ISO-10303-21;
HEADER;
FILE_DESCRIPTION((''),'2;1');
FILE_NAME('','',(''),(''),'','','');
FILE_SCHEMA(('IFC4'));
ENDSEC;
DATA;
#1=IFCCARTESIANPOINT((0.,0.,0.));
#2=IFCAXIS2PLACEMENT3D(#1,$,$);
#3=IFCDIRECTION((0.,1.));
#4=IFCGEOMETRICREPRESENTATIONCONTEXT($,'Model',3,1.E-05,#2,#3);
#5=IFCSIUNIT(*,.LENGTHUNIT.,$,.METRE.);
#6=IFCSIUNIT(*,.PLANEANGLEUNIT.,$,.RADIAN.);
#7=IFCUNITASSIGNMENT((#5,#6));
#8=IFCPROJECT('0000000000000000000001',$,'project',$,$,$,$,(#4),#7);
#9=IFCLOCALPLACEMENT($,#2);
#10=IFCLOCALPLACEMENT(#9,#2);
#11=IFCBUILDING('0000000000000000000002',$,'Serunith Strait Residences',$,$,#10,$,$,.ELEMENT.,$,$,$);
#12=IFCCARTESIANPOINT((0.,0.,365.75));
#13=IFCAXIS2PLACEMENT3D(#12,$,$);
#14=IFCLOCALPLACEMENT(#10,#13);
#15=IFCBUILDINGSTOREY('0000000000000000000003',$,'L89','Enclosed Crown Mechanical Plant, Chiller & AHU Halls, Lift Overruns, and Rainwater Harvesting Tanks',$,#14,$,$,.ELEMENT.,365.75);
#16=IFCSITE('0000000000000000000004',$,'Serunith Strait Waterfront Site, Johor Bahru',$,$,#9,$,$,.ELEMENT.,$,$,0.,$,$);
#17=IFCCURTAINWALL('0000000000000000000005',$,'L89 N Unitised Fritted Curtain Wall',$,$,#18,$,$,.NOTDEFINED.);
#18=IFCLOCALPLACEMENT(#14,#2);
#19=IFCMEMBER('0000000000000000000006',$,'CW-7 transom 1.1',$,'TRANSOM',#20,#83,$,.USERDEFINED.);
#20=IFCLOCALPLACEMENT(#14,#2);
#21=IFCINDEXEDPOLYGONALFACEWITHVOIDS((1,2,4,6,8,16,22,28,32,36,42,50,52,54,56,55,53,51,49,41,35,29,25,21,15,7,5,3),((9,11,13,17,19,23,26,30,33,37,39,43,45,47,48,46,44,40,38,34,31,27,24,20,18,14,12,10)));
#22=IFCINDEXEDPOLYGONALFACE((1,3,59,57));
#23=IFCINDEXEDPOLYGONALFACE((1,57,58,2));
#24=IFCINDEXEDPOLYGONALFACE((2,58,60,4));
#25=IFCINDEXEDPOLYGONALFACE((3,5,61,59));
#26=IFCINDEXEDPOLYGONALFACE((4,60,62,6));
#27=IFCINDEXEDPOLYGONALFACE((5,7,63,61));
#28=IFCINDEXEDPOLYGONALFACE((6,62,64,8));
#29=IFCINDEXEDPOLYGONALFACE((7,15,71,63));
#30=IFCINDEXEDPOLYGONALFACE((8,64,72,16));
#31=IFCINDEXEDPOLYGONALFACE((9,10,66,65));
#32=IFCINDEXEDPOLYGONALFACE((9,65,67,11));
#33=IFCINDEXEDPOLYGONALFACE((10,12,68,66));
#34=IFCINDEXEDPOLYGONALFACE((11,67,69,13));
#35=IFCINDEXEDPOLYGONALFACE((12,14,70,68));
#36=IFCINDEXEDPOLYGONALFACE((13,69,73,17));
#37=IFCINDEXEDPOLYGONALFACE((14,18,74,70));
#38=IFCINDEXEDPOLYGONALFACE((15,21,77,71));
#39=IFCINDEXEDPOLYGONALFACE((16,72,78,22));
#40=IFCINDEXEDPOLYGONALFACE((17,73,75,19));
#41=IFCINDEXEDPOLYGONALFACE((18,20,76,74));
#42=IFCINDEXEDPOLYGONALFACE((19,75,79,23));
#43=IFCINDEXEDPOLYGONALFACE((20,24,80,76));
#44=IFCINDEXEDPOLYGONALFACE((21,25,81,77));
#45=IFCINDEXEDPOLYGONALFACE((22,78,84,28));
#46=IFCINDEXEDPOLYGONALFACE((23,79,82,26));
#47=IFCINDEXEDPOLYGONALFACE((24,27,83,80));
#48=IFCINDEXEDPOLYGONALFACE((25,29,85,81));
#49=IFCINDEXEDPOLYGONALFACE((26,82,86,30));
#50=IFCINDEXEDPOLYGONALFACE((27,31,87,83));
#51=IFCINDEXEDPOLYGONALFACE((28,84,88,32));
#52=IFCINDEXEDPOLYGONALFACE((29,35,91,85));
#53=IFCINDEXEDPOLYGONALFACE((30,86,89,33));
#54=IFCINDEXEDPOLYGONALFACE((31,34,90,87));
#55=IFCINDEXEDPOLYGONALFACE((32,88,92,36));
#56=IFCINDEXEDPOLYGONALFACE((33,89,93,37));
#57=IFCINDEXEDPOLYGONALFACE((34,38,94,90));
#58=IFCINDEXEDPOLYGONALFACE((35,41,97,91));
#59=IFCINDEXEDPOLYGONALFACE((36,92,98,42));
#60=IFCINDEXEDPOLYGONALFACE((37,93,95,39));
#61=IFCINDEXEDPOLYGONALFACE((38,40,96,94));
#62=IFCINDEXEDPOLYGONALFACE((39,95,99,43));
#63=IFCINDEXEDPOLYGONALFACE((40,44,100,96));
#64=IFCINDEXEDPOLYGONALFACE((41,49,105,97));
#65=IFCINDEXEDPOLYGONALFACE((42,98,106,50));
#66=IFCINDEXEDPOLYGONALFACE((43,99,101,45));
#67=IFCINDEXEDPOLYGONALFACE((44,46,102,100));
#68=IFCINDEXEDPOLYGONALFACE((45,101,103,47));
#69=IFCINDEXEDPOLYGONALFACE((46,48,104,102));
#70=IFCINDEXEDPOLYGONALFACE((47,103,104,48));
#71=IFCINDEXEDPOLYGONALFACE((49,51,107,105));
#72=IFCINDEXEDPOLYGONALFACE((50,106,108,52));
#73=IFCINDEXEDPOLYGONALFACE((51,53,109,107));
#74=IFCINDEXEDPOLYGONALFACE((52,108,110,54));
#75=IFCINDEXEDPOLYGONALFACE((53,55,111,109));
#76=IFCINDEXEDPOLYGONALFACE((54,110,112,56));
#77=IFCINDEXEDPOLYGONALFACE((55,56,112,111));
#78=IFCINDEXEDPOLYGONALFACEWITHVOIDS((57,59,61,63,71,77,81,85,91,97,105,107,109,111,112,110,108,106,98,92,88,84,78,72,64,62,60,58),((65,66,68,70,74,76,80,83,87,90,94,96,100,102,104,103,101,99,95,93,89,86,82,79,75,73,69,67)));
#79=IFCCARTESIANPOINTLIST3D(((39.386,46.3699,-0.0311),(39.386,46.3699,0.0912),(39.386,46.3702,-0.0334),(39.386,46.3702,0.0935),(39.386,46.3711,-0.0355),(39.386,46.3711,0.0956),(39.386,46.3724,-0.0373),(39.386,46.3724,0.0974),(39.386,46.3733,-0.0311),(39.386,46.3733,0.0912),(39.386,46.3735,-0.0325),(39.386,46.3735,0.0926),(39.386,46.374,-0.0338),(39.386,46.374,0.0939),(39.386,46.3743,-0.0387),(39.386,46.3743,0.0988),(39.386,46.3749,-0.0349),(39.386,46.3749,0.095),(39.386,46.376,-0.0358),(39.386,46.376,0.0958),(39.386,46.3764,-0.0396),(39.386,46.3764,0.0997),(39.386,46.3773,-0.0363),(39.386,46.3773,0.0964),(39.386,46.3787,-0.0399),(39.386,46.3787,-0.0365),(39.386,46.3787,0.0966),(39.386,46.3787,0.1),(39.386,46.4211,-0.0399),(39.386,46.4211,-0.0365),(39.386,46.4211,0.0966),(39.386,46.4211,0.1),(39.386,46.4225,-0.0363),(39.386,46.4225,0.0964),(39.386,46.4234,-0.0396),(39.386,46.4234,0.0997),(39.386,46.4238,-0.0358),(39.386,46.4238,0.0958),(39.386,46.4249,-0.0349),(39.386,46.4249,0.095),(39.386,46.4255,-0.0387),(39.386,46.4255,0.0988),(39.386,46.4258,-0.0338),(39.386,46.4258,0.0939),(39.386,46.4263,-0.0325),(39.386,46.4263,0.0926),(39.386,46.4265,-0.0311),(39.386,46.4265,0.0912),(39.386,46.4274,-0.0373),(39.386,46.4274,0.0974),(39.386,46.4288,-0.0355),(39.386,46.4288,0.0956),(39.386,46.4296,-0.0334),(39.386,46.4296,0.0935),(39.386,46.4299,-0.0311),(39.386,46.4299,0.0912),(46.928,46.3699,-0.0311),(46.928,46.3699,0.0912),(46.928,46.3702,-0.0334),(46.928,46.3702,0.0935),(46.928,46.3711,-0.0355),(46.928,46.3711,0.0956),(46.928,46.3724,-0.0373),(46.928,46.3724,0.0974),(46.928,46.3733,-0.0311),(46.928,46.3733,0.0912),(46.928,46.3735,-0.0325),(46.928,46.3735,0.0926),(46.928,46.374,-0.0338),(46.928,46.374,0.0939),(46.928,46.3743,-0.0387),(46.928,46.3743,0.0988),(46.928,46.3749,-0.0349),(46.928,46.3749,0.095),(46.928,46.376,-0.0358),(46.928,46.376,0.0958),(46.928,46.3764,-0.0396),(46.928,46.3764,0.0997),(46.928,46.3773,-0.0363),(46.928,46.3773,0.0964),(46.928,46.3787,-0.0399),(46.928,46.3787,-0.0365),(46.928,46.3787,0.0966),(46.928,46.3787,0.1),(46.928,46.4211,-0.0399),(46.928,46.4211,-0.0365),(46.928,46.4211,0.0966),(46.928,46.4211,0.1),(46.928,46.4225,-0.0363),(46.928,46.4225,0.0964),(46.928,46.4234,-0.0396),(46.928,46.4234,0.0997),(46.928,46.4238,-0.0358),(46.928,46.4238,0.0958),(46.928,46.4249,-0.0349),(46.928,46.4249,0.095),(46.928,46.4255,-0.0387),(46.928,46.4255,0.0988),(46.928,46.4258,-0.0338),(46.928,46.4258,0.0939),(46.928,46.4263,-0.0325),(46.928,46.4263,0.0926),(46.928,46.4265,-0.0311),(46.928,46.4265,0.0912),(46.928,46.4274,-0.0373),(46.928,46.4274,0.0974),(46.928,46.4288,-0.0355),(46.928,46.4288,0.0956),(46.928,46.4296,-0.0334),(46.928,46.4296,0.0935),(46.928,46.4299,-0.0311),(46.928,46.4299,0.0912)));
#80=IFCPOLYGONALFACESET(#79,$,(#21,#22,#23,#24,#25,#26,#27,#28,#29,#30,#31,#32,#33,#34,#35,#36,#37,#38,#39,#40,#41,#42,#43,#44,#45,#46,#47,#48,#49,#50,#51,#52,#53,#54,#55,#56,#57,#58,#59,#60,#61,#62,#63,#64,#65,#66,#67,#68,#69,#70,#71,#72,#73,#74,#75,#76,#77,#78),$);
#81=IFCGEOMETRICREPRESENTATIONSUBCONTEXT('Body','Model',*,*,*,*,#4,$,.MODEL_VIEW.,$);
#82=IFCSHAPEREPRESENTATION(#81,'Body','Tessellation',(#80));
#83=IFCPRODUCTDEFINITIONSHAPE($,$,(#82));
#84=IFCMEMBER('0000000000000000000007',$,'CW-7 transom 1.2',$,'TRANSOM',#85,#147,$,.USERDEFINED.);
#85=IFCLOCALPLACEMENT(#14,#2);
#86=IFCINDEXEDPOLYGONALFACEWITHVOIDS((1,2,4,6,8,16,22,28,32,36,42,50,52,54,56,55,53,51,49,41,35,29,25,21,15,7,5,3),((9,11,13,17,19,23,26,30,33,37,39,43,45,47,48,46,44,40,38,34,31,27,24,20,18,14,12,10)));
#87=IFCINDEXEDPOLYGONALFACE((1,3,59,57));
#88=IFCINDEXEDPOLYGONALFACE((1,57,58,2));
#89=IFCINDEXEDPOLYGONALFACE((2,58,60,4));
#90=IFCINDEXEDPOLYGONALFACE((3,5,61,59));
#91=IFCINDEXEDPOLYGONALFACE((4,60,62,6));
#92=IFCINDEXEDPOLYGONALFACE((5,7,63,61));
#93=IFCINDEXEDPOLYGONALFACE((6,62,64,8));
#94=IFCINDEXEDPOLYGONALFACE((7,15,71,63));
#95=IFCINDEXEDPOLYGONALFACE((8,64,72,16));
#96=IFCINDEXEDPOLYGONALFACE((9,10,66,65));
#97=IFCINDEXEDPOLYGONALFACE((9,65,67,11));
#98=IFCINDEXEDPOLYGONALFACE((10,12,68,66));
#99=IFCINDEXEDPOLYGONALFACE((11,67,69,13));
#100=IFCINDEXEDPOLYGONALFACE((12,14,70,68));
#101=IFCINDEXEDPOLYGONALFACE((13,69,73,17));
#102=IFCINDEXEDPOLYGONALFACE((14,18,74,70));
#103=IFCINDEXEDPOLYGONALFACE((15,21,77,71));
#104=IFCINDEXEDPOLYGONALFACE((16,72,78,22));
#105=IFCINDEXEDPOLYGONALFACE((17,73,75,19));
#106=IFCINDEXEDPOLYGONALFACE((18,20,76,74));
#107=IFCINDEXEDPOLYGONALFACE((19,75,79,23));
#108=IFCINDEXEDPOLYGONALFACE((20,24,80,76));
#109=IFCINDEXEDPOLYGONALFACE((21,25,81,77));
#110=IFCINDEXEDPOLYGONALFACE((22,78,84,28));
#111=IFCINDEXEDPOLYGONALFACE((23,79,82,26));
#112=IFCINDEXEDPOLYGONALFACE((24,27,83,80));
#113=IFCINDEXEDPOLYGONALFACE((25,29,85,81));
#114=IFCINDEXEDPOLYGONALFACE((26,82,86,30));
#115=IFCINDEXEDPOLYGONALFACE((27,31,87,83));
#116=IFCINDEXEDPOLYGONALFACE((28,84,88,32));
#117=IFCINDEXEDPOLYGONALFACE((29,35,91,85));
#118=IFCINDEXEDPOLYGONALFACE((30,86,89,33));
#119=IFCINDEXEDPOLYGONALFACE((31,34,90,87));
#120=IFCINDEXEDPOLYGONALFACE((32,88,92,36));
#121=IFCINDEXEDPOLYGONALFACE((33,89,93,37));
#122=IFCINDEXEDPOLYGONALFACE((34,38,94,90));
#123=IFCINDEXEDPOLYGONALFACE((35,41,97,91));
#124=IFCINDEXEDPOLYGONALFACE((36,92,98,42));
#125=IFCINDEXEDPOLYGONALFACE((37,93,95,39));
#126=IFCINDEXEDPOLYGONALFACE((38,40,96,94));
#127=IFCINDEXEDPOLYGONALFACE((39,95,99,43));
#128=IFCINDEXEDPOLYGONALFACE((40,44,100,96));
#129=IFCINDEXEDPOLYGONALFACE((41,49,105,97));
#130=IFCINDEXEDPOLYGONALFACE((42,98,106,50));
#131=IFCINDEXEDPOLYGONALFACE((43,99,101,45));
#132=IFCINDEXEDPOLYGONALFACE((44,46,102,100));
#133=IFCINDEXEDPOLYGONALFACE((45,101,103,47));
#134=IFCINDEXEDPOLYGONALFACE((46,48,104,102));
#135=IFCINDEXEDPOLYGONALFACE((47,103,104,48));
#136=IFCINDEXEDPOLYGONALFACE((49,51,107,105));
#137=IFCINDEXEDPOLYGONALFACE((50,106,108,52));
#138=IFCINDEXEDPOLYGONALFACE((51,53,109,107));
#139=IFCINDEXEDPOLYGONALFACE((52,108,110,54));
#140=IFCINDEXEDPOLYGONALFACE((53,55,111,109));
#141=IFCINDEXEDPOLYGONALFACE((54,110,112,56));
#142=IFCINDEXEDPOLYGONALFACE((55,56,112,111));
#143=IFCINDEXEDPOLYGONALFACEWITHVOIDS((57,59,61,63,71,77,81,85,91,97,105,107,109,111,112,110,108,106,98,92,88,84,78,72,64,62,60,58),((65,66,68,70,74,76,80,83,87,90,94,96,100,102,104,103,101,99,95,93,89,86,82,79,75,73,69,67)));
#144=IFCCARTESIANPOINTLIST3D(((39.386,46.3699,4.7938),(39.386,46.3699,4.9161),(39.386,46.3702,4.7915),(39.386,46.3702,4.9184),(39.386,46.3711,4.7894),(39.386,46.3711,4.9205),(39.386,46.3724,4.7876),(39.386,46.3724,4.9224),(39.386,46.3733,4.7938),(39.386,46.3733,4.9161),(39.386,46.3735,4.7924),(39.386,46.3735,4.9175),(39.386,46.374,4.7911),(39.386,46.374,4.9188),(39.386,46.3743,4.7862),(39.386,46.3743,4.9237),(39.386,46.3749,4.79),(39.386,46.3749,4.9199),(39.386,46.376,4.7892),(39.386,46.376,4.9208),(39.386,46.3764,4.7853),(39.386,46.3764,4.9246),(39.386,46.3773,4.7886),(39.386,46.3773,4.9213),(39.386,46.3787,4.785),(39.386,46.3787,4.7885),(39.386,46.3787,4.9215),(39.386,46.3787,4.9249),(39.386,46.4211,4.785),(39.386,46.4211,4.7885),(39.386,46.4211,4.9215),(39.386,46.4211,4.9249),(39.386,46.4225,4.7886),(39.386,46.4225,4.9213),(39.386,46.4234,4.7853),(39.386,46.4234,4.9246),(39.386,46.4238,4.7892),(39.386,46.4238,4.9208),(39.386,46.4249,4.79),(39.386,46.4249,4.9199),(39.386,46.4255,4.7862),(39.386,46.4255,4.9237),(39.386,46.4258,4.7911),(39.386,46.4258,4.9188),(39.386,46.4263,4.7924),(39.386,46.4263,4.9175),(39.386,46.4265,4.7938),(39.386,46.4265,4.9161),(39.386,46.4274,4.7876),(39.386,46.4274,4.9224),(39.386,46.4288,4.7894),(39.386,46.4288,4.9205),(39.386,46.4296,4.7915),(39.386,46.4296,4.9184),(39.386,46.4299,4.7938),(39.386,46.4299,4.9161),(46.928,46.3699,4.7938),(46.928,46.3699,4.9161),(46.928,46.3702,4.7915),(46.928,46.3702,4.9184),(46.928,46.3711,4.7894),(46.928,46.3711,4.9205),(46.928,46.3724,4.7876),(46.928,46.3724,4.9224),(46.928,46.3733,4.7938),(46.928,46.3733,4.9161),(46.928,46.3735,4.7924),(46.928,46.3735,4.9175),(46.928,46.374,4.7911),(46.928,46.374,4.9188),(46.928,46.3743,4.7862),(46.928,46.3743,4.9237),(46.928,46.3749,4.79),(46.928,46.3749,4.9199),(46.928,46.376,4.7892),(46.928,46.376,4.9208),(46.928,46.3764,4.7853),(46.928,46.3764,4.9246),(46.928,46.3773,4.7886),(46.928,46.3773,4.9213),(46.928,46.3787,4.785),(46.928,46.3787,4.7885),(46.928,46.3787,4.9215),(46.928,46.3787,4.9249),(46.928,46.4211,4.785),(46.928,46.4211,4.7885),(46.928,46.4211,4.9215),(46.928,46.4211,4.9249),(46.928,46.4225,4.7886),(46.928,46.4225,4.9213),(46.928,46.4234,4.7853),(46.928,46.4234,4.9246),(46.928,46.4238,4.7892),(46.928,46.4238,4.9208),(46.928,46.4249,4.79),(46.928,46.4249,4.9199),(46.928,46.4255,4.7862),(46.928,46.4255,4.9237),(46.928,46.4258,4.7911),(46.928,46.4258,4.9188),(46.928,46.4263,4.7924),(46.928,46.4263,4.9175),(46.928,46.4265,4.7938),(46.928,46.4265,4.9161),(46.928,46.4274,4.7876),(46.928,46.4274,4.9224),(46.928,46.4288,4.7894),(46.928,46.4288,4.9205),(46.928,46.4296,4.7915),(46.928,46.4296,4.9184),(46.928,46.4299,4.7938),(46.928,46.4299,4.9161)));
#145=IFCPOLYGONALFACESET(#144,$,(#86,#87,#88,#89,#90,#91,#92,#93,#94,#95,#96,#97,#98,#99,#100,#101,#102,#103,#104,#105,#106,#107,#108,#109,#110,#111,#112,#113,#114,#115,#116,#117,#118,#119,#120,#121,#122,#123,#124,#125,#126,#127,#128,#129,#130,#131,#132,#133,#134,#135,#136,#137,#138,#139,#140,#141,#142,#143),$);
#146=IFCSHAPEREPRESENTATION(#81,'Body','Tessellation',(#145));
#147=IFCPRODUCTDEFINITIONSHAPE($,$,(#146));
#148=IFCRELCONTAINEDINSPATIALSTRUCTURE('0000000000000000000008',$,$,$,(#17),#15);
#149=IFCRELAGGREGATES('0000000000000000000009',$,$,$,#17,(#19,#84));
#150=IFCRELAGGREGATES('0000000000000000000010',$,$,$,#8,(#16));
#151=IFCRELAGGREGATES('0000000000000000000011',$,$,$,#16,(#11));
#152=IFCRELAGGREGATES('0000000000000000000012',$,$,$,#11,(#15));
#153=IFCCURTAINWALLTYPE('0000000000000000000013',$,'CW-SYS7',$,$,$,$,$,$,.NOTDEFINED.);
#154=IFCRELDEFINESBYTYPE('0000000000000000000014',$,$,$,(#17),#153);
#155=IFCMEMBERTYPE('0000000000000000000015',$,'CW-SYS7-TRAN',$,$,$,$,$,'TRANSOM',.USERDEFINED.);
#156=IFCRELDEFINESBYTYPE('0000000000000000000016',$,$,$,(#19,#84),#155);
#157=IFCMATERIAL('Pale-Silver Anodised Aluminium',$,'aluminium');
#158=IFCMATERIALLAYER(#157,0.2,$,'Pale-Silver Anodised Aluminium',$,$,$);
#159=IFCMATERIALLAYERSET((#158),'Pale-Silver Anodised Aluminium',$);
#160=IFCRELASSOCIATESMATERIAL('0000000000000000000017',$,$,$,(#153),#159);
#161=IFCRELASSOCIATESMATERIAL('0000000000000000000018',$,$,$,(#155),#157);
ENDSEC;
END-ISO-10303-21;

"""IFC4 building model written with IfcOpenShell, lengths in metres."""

from ifc_helpers import new_model, si_unit, direction, frame, origin, origin_2d, place, context, subcontext, project, spatial, hollow_rectangle, extrude, source, transform, mapped, material, layer, layer_set, material_profile, profile_set, type_object, element, aggregate, save


model = new_model("IFC4")

# Units and contexts
model_context = context("Model", 3, precision=1e-05, world=origin(), true_north=direction((0.0, 1.0)))
body_context = subcontext(model_context, "Body", "Model", "MODEL_VIEW")
ifc_project = project(units=[si_unit("LENGTHUNIT", "METRE"), si_unit("PLANEANGLEUNIT", "RADIAN")], contexts=[model_context])

# Site, building, storey
site_placement = place(None, origin())
site = spatial("IfcSite", under=ifc_project, at=site_placement, Name="Serunith Strait Waterfront Site, Johor Bahru", CompositionType="ELEMENT", RefElevation=0.0)
building_placement = place(site_placement, origin())
building = spatial("IfcBuilding", under=site, at=building_placement, Name="Serunith Strait Residences", CompositionType="ELEMENT")
storey_placement = place(building_placement, frame((0.0, 0.0, 365.75)))
storey = spatial("IfcBuildingStorey", under=building, at=storey_placement, Name="L89", Description="Enclosed Crown Mechanical Plant, Chiller & AHU Halls, Lift Overruns, and Rainwater Harvesting Tanks", CompositionType="ELEMENT", Elevation=365.75)

# Curtain wall, members
ifc_material_1 = material(Name="Pale-Silver Anodised Aluminium", Category="aluminium")
ifc_layer_1 = layer(ifc_material_1, 0.2, Name="Pale-Silver Anodised Aluminium")
ifc_layer_set_1 = layer_set([ifc_layer_1], Name="Pale-Silver Anodised Aluminium")
curtain_wall_type = type_object("IfcCurtainWallType", Name="CW-SYS7", PredefinedType="NOTDEFINED", material=ifc_layer_set_1)
curtain_wall_1_placement = place(storey_placement, origin())
curtain_wall_1 = element("IfcCurtainWall", 1, at=curtain_wall_1_placement, inside=storey, type_object=curtain_wall_type, Name="L89 N Unitised Fritted Curtain Wall", PredefinedType="NOTDEFINED")
ifc_material_profile_1 = material_profile(ifc_material_1, hollow_rectangle(XDim=0.0601, YDim=0.1399, WallThickness=0.0034, InnerFilletRadius=0.0054, OuterFilletRadius=0.0088, at=origin_2d()), Name="ALU 140x60x3.5")
ifc_profile_set_1 = profile_set([ifc_material_profile_1], Name="Pale-Silver Anodised Aluminium")
member_type_1 = type_object("IfcMemberType", Name="CW-SYS7-TRAN", ElementType="TRANSOM", PredefinedType="USERDEFINED", material=ifc_profile_set_1)
shared_shape_1 = source(origin(), body_context, "Body", "SweptSolid", [
    extrude(hollow_rectangle(XDim=0.0601, YDim=0.1399, WallThickness=0.0034, InnerFilletRadius=0.0054, OuterFilletRadius=0.0088, at=origin_2d()), origin(), (0.0, 0.0, 1.0), 7.542),
])
member_1_placement = place(storey_placement, frame((46.928, 46.3999, 0.03), z_axis=(-1.0, 0.0, 0.0), x_axis=(0.0, -1.0, 0.0)))
member_1 = element("IfcMember", 2, at=member_1_placement, type_object=member_type_1, Name="CW-7 transom 1.1", ObjectType="TRANSOM", PredefinedType="USERDEFINED", context=body_context, shape_type="MappedRepresentation", body=[
    mapped(shared_shape_1, transform((0.0, 0.0, 0.0), scale=1.0)),
])
member_2_placement = place(storey_placement, frame((46.928, 46.3999, 4.855), z_axis=(-1.0, 0.0, 0.0), x_axis=(0.0, -1.0, 0.0)))
member_2 = element("IfcMember", 3, at=member_2_placement, type_object=member_type_1, Name="CW-7 transom 1.2", ObjectType="TRANSOM", PredefinedType="USERDEFINED", context=body_context, shape_type="MappedRepresentation", body=[
    mapped(shared_shape_1, transform((0.0, 0.0, 0.0), scale=1.0)),
])
aggregate(curtain_wall_1, [member_1, member_2])

save(model, "model.ifc")
